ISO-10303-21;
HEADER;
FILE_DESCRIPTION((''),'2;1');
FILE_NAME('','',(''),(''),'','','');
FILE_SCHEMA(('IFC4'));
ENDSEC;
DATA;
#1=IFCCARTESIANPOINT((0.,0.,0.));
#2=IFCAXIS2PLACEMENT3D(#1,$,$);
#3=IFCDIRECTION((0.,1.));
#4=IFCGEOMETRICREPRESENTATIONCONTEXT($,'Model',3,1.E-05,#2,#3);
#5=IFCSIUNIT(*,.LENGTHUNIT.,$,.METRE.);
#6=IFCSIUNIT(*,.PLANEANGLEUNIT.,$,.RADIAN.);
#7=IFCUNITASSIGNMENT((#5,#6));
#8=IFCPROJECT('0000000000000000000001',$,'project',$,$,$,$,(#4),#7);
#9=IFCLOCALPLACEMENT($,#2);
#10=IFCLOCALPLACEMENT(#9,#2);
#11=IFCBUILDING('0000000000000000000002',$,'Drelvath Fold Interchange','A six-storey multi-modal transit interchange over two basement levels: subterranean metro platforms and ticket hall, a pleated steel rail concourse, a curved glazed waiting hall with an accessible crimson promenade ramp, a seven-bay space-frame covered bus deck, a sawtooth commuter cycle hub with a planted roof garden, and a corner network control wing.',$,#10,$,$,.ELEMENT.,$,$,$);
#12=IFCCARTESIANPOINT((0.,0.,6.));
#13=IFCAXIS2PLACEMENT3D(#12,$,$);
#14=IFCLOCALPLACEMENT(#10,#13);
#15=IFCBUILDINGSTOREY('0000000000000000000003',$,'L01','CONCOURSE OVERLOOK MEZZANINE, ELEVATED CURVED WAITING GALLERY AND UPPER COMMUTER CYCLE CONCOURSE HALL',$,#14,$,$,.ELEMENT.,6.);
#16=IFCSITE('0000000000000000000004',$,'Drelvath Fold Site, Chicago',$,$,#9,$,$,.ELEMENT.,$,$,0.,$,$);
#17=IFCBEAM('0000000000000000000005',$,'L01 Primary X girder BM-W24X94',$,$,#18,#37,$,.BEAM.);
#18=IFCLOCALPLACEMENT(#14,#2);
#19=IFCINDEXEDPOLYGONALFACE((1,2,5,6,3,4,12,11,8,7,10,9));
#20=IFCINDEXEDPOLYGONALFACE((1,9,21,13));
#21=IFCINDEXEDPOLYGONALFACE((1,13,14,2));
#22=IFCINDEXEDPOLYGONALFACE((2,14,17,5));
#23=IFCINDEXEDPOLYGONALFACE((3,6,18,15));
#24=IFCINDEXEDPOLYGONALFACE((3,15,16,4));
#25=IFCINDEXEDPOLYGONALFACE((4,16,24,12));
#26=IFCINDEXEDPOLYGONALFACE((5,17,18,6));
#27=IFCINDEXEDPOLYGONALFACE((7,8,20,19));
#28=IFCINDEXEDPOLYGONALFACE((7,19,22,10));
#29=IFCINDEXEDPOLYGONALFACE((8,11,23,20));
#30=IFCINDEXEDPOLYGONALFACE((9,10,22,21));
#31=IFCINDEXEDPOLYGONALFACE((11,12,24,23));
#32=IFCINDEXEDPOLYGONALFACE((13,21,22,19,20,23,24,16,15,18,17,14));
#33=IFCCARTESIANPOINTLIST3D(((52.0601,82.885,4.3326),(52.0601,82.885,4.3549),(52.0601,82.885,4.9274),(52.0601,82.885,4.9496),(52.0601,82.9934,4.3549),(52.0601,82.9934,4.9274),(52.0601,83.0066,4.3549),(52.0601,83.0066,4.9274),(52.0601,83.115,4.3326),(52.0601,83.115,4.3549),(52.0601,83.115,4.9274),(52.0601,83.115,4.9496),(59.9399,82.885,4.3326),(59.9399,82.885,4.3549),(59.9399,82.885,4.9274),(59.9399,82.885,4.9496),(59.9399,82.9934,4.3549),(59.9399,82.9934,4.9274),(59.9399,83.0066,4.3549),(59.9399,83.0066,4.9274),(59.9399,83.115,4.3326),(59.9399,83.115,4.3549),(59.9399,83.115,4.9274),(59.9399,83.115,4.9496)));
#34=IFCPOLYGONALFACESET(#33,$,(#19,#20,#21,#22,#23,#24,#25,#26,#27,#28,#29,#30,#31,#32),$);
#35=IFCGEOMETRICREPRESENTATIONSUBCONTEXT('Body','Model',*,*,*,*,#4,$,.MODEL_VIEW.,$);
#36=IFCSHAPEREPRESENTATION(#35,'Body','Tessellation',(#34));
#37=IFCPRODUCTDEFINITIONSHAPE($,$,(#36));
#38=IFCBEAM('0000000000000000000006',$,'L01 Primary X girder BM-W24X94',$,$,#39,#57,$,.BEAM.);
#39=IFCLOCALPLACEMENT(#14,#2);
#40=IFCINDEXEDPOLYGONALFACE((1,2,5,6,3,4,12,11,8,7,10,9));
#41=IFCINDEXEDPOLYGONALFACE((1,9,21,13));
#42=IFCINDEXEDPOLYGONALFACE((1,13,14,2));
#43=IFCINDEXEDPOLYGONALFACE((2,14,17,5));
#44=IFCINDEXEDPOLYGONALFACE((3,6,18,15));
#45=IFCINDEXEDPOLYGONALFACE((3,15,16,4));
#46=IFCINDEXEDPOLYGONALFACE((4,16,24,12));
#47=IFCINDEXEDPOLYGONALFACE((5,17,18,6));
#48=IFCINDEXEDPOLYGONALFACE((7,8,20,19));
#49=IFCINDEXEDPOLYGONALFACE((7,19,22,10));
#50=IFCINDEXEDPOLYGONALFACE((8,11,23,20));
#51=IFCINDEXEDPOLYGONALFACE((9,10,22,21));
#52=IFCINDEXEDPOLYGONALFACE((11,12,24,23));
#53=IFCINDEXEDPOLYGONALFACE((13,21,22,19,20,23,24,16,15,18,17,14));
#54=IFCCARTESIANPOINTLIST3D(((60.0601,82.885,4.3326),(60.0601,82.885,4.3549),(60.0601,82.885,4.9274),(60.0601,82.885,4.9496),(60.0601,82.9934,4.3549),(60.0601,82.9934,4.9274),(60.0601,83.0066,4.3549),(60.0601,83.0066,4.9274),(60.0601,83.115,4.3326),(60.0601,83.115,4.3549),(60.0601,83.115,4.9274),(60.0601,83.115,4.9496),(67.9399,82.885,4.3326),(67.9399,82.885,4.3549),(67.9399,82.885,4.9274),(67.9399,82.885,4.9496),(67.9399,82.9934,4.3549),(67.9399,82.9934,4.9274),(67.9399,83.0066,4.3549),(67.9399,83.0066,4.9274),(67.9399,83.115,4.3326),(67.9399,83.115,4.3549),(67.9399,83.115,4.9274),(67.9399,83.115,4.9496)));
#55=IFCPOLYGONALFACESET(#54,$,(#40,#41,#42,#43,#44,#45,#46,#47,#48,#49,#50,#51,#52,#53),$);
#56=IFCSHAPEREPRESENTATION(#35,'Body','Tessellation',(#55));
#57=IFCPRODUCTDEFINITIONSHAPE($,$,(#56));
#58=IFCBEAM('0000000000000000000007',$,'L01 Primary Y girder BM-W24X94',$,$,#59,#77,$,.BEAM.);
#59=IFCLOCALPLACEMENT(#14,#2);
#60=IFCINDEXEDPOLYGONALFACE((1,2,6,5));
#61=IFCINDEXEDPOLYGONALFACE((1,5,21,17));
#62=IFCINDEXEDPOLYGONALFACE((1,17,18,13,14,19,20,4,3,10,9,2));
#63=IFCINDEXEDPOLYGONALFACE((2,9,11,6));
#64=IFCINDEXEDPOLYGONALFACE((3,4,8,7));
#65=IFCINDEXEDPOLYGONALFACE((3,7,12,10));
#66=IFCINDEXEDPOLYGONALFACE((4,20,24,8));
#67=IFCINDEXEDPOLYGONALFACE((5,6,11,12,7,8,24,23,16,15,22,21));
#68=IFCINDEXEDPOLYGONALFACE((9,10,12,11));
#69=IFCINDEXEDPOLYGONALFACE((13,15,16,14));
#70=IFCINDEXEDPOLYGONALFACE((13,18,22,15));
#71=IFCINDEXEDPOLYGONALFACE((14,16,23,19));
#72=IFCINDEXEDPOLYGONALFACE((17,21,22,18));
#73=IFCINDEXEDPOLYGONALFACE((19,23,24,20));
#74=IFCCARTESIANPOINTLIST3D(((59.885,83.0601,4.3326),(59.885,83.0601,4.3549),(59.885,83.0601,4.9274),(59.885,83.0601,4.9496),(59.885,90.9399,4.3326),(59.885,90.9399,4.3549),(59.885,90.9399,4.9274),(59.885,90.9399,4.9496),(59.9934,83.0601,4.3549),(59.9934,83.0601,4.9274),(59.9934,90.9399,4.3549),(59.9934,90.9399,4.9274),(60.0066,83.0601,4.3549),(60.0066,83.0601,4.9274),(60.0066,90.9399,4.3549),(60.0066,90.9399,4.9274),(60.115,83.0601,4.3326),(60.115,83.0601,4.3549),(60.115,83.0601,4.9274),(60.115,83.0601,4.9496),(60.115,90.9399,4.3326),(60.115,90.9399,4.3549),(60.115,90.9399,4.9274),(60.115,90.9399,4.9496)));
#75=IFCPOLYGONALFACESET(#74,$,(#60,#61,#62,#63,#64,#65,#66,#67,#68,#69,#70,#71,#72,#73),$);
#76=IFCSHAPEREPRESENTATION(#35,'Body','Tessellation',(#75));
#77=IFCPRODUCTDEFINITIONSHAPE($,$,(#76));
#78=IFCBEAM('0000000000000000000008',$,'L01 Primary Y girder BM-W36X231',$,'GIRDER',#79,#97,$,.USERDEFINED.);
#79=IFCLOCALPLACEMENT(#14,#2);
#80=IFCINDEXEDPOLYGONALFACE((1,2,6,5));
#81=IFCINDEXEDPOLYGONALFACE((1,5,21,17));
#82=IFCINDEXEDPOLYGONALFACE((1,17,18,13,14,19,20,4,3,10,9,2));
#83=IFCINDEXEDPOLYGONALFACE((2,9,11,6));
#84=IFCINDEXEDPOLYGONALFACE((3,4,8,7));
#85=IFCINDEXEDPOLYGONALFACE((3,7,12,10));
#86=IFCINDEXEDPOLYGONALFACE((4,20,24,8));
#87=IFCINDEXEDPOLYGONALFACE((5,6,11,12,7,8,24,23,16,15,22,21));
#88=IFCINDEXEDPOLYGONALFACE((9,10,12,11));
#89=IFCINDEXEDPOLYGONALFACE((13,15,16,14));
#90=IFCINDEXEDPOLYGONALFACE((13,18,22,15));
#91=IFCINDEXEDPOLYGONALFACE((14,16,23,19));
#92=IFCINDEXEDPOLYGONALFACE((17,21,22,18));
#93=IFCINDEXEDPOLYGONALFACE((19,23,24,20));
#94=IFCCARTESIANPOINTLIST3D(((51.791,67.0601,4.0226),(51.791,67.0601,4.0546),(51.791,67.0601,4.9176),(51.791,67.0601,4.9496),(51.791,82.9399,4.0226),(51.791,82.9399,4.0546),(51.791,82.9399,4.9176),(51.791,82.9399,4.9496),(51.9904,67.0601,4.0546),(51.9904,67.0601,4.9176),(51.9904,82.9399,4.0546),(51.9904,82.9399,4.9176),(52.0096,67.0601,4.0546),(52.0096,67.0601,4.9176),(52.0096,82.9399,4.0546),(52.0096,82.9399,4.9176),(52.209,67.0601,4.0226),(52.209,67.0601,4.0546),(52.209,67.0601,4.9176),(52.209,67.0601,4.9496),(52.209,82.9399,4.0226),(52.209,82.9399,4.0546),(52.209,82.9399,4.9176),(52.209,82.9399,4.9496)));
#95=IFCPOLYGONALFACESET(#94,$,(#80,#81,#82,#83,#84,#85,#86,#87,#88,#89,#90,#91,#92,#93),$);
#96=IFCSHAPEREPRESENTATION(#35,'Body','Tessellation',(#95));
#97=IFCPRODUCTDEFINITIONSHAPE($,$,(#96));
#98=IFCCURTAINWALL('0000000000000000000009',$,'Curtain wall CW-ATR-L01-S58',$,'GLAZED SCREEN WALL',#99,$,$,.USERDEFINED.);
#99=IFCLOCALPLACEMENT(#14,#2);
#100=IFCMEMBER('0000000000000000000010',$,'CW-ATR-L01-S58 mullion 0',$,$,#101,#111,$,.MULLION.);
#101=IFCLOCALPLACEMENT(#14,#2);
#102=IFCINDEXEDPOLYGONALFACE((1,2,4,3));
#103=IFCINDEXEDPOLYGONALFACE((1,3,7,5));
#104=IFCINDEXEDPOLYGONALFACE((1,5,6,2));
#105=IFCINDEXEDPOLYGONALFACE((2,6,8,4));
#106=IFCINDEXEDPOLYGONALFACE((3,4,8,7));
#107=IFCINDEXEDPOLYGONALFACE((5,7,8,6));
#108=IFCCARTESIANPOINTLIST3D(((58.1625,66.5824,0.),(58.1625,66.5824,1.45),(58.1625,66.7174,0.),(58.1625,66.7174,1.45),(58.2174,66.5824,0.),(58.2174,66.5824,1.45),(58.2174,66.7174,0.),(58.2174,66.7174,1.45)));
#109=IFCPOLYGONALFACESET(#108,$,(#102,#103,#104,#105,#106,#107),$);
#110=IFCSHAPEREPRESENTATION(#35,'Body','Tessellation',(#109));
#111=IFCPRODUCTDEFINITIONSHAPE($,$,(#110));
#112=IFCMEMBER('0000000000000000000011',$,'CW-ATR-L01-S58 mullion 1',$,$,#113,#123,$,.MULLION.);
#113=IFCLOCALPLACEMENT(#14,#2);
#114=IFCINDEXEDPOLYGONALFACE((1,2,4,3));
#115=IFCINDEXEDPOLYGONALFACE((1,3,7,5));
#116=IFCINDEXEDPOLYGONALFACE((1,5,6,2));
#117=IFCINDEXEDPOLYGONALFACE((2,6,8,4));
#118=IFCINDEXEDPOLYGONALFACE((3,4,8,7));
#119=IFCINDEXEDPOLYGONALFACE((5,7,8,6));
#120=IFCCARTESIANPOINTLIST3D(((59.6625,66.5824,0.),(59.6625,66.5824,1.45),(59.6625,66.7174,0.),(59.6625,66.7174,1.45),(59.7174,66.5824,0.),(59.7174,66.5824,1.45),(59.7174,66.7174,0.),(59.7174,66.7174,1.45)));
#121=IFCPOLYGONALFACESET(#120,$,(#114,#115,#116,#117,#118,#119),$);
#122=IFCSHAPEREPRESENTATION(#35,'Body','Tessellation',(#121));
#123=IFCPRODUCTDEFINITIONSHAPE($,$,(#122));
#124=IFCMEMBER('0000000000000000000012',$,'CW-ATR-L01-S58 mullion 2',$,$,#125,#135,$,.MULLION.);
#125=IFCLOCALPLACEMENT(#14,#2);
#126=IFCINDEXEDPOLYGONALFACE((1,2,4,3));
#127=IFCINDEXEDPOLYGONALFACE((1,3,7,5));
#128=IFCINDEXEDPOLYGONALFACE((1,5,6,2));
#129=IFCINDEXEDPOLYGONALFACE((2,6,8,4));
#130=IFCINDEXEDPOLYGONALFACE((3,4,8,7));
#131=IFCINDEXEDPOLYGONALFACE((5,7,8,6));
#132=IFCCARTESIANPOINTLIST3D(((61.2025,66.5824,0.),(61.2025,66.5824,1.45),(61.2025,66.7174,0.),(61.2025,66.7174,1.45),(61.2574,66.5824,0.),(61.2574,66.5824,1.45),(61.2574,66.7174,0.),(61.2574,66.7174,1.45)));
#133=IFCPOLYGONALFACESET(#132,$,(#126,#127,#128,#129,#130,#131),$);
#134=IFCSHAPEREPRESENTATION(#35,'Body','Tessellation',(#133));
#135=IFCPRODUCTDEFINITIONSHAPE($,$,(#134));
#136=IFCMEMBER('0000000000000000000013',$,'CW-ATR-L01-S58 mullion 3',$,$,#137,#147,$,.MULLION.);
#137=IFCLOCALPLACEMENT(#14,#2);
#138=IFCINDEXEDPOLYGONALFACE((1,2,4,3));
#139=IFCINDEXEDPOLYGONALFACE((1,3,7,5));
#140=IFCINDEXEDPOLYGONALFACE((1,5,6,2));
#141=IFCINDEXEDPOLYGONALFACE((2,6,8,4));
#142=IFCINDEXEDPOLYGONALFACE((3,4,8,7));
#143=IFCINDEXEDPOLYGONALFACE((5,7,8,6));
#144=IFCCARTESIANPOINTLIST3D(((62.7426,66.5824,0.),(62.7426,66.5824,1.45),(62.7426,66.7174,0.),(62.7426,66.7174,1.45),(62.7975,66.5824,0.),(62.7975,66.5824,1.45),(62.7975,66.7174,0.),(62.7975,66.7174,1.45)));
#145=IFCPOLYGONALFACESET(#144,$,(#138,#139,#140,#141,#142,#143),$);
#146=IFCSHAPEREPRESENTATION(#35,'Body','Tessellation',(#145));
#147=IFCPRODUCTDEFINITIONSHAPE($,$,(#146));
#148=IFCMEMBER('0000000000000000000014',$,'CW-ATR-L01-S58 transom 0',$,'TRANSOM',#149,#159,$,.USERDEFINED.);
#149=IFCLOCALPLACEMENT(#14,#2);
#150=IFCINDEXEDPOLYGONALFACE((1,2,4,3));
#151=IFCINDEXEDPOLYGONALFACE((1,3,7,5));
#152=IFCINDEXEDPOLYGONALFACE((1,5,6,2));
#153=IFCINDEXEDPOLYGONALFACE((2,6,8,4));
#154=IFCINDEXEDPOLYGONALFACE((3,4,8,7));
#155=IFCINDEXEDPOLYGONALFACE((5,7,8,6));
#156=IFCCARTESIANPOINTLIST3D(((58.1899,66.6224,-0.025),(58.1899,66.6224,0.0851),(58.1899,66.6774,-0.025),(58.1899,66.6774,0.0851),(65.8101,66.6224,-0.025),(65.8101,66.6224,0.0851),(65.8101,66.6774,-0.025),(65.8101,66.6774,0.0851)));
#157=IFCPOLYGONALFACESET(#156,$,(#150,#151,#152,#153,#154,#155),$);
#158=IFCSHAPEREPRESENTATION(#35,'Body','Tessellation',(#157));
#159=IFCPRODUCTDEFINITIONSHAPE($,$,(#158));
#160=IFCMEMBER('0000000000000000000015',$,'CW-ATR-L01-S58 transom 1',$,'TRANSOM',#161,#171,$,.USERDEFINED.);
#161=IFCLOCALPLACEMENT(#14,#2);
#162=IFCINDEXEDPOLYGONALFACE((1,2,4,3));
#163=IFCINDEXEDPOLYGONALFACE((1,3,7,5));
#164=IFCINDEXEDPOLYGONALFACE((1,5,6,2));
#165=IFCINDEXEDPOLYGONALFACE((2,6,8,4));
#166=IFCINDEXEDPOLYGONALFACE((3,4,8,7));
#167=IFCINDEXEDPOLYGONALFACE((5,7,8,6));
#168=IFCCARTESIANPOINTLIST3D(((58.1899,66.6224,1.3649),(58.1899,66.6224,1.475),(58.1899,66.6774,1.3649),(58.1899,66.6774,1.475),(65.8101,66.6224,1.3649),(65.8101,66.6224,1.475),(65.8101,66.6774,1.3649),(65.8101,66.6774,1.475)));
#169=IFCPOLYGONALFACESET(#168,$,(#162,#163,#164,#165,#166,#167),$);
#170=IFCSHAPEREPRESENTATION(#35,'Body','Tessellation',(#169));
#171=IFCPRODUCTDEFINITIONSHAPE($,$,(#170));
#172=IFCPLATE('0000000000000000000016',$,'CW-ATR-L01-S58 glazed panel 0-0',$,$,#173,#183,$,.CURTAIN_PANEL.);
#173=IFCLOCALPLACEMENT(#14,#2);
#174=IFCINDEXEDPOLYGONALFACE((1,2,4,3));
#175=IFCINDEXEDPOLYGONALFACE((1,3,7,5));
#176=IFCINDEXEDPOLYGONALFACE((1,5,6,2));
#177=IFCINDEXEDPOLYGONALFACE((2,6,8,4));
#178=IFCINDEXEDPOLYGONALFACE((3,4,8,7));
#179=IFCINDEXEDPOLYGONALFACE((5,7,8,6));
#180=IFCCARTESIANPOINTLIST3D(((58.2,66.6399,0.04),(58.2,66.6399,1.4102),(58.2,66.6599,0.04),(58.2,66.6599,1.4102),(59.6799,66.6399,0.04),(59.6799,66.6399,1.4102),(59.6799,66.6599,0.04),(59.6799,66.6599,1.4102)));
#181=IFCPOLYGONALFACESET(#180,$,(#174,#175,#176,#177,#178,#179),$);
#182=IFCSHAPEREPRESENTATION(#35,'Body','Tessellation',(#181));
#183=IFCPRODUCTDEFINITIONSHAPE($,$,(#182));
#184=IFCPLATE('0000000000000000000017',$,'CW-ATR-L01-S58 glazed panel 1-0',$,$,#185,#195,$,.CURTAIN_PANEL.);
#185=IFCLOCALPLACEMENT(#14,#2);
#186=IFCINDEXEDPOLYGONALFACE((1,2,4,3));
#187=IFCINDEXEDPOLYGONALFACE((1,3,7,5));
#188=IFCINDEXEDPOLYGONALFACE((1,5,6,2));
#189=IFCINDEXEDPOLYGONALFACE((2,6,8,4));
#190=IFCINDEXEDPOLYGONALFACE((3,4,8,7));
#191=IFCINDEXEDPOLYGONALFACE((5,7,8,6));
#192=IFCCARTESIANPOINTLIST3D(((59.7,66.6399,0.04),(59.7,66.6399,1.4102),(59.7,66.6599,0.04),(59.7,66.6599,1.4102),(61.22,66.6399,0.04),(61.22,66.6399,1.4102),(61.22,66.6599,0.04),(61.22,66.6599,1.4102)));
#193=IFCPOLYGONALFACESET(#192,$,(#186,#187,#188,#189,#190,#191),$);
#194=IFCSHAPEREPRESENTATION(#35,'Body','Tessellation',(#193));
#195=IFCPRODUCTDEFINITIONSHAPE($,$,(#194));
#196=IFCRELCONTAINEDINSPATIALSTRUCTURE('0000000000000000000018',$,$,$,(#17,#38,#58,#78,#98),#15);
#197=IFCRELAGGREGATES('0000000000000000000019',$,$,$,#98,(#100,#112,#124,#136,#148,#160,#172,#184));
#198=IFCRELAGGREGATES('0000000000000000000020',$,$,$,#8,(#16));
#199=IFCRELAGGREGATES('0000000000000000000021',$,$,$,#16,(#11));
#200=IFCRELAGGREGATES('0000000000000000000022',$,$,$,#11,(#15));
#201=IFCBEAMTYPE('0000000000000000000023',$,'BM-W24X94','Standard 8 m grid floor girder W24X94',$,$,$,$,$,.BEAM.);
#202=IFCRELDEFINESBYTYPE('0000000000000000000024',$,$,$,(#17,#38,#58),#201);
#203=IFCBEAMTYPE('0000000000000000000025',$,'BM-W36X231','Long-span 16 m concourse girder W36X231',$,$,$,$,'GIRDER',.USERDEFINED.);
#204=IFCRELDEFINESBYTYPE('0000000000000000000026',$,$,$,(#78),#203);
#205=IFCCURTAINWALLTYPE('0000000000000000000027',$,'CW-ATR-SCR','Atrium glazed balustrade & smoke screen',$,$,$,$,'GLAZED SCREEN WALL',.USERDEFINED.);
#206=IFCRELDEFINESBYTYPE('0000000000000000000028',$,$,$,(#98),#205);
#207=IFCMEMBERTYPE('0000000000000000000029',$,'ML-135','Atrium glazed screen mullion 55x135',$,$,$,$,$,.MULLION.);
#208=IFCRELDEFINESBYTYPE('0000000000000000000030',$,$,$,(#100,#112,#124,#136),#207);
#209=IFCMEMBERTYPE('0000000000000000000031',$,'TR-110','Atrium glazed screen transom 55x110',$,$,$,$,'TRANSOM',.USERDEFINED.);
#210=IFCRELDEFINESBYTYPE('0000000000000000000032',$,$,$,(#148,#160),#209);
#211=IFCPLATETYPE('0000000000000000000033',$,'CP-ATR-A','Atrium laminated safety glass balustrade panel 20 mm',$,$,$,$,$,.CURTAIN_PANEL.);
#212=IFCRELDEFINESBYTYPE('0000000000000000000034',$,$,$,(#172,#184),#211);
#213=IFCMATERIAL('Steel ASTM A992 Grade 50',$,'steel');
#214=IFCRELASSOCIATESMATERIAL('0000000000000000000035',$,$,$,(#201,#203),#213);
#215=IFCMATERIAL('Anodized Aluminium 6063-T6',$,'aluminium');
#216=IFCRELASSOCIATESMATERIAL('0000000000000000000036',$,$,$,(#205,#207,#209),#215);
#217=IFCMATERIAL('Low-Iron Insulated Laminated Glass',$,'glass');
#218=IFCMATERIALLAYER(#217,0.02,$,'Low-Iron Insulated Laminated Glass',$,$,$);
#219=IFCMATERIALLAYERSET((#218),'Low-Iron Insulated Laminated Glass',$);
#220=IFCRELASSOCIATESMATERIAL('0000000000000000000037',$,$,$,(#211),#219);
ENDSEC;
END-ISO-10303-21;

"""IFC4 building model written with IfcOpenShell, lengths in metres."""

from ifc_helpers import new_model, si_unit, direction, frame, origin, origin_2d, place, context, subcontext, project, spatial, rectangle, i_section, extrude, material, layer, layer_set, material_profile, profile_set, type_object, element, aggregate, save


model = new_model("IFC4")

# Units and contexts
model_context = context("Model", 3, precision=1e-05, world=origin(), true_north=direction((0.0, 1.0)))
body_context = subcontext(model_context, "Body", "Model", "MODEL_VIEW")
ifc_project = project(units=[si_unit("LENGTHUNIT", "METRE"), si_unit("PLANEANGLEUNIT", "RADIAN")], contexts=[model_context])

# Site, building, storey
site_placement = place(None, origin())
site = spatial("IfcSite", under=ifc_project, at=site_placement, Name="Drelvath Fold Site, Chicago", CompositionType="ELEMENT", RefElevation=0.0)
building_placement = place(site_placement, origin())
building = spatial("IfcBuilding", under=site, at=building_placement, Name="Drelvath Fold Interchange", Description="A six-storey multi-modal transit interchange over two basement levels: subterranean metro platforms and ticket hall, a pleated steel rail concourse, a curved glazed waiting hall with an accessible crimson promenade ramp, a seven-bay space-frame covered bus deck, a sawtooth commuter cycle hub with a planted roof garden, and a corner network control wing.", CompositionType="ELEMENT")
storey_placement = place(building_placement, frame((0.0, 0.0, 6.0)))
storey = spatial("IfcBuildingStorey", under=building, at=storey_placement, Name="L01", Description="CONCOURSE OVERLOOK MEZZANINE, ELEVATED CURVED WAITING GALLERY AND UPPER COMMUTER CYCLE CONCOURSE HALL", CompositionType="ELEMENT", Elevation=6.0)

# Beams
ifc_material_1 = material(Name="Steel ASTM A992 Grade 50", Category="steel")
ifc_material_profile_1 = material_profile(ifc_material_1, i_section(OverallWidth=0.23, OverallDepth=0.6169, WebThickness=0.0132, FlangeThickness=0.0222, at=origin_2d()), Name="W24X94")
ifc_profile_set_1 = profile_set([ifc_material_profile_1], Name="Steel ASTM A992 Grade 50")
beam_type_1 = type_object("IfcBeamType", Name="BM-W24X94", Description="Standard 8 m grid floor girder W24X94", PredefinedType="BEAM", material=ifc_profile_set_1)
for number, where, z_axis, x_axis, name in (
    (1, (52.0601, 83.0, 4.6411), (1.0, 0.0, 0.0), (0.0, 1.0, 0.0), "L01 Primary X girder BM-W24X94"),
    (2, (60.0601, 83.0, 4.6411), (1.0, 0.0, 0.0), (0.0, 1.0, 0.0), "L01 Primary X girder BM-W24X94"),
    (3, (60.0, 83.0601, 4.6411), (0.0, 1.0, 0.0), (-1.0, 0.0, 0.0), "L01 Primary Y girder BM-W24X94"),
):
    element("IfcBeam", number, at=place(storey_placement, frame(where, z_axis=z_axis, x_axis=x_axis)), inside=storey, type_object=beam_type_1, Name=name, PredefinedType="BEAM", context=body_context, shape_type="SweptSolid", body=[
        extrude(i_section(OverallWidth=0.23, OverallDepth=0.6169, WebThickness=0.0132, FlangeThickness=0.0222, at=origin_2d()), origin(), (0.0, 0.0, 1.0), 7.8799),
    ])
ifc_material_profile_2 = material_profile(ifc_material_1, i_section(OverallWidth=0.418, OverallDepth=0.927, WebThickness=0.0193, FlangeThickness=0.032, at=origin_2d()), Name="W36X231")
ifc_profile_set_2 = profile_set([ifc_material_profile_2], Name="Steel ASTM A992 Grade 50")
beam_type_2 = type_object("IfcBeamType", Name="BM-W36X231", Description="Long-span 16 m concourse girder W36X231", ElementType="GIRDER", PredefinedType="USERDEFINED", material=ifc_profile_set_2)
beam_1_placement = place(storey_placement, frame((52.0, 67.0601, 4.4861), z_axis=(0.0, 1.0, 0.0), x_axis=(-1.0, 0.0, 0.0)))
element("IfcBeam", 4, at=beam_1_placement, inside=storey, type_object=beam_type_2, Name="L01 Primary Y girder BM-W36X231", ObjectType="GIRDER", PredefinedType="USERDEFINED", context=body_context, shape_type="SweptSolid", body=[
    extrude(i_section(OverallWidth=0.418, OverallDepth=0.927, WebThickness=0.0193, FlangeThickness=0.032, at=origin_2d()), origin(), (0.0, 0.0, 1.0), 15.8799),
])

# Curtain wall, members, plates
ifc_material_2 = material(Name="Anodized Aluminium 6063-T6", Category="aluminium")
curtain_wall_type = type_object("IfcCurtainWallType", Name="CW-ATR-SCR", Description="Atrium glazed balustrade & smoke screen", ElementType="GLAZED SCREEN WALL", PredefinedType="USERDEFINED", material=ifc_material_2)
curtain_wall_placement = place(storey_placement, origin())
curtain_wall = element("IfcCurtainWall", 5, at=curtain_wall_placement, inside=storey, type_object=curtain_wall_type, Name="Curtain wall CW-ATR-L01-S58", ObjectType="GLAZED SCREEN WALL", PredefinedType="USERDEFINED")
ifc_material_profile_3 = material_profile(ifc_material_2, rectangle(XDim=0.0549, YDim=0.135, at=origin_2d()), Name="AL-M 55x135")
ifc_profile_set_3 = profile_set([ifc_material_profile_3], Name="Anodized Aluminium 6063-T6")
member_type_1 = type_object("IfcMemberType", Name="ML-135", Description="Atrium glazed screen mullion 55x135", PredefinedType="MULLION", material=ifc_profile_set_3)
member_1_placement = place(storey_placement, frame((58.1899, 66.6499, 0.0), z_axis=(0.0, 0.0, 1.0), x_axis=(1.0, 0.0, 0.0)))
member_1 = element("IfcMember", 6, at=member_1_placement, type_object=member_type_1, Name="CW-ATR-L01-S58 mullion 0", PredefinedType="MULLION", context=body_context, shape_type="SweptSolid", body=[
    extrude(rectangle(XDim=0.0549, YDim=0.135, at=origin_2d()), origin(), (0.0, 0.0, 1.0), 1.45),
])
member_2_placement = place(storey_placement, frame((59.6899, 66.6499, 0.0), z_axis=(0.0, 0.0, 1.0), x_axis=(1.0, 0.0, 0.0)))
member_2 = element("IfcMember", 7, at=member_2_placement, type_object=member_type_1, Name="CW-ATR-L01-S58 mullion 1", PredefinedType="MULLION", context=body_context, shape_type="SweptSolid", body=[
    extrude(rectangle(XDim=0.0549, YDim=0.135, at=origin_2d()), origin(), (0.0, 0.0, 1.0), 1.45),
])
member_3_placement = place(storey_placement, frame((61.23, 66.6499, 0.0), z_axis=(0.0, 0.0, 1.0), x_axis=(1.0, 0.0, 0.0)))
member_3 = element("IfcMember", 8, at=member_3_placement, type_object=member_type_1, Name="CW-ATR-L01-S58 mullion 2", PredefinedType="MULLION", context=body_context, shape_type="SweptSolid", body=[
    extrude(rectangle(XDim=0.0549, YDim=0.135, at=origin_2d()), origin(), (0.0, 0.0, 1.0), 1.45),
])
member_4_placement = place(storey_placement, frame((62.77, 66.6499, 0.0), z_axis=(0.0, 0.0, 1.0), x_axis=(1.0, 0.0, 0.0)))
member_4 = element("IfcMember", 9, at=member_4_placement, type_object=member_type_1, Name="CW-ATR-L01-S58 mullion 3", PredefinedType="MULLION", context=body_context, shape_type="SweptSolid", body=[
    extrude(rectangle(XDim=0.0549, YDim=0.135, at=origin_2d()), origin(), (0.0, 0.0, 1.0), 1.45),
])
ifc_material_profile_4 = material_profile(ifc_material_2, rectangle(XDim=0.0549, YDim=0.1101, at=origin_2d()), Name="AL-T 55x110")
ifc_profile_set_4 = profile_set([ifc_material_profile_4], Name="Anodized Aluminium 6063-T6")
member_type_2 = type_object("IfcMemberType", Name="TR-110", Description="Atrium glazed screen transom 55x110", ElementType="TRANSOM", PredefinedType="USERDEFINED", material=ifc_profile_set_4)
member_5_placement = place(storey_placement, frame((58.1899, 66.6499, 0.03), z_axis=(1.0, 0.0, 0.0), x_axis=(0.0, 1.0, 0.0)))
member_5 = element("IfcMember", 10, at=member_5_placement, type_object=member_type_2, Name="CW-ATR-L01-S58 transom 0", ObjectType="TRANSOM", PredefinedType="USERDEFINED", context=body_context, shape_type="SweptSolid", body=[
    extrude(rectangle(XDim=0.0549, YDim=0.1101, at=origin_2d()), origin(), (0.0, 0.0, 1.0), 7.6201),
])
member_6_placement = place(storey_placement, frame((58.1899, 66.6499, 1.4199), z_axis=(1.0, 0.0, 0.0), x_axis=(0.0, 1.0, 0.0)))
member_6 = element("IfcMember", 11, at=member_6_placement, type_object=member_type_2, Name="CW-ATR-L01-S58 transom 1", ObjectType="TRANSOM", PredefinedType="USERDEFINED", context=body_context, shape_type="SweptSolid", body=[
    extrude(rectangle(XDim=0.0549, YDim=0.1101, at=origin_2d()), origin(), (0.0, 0.0, 1.0), 7.6201),
])
ifc_material_3 = material(Name="Low-Iron Insulated Laminated Glass", Category="glass")
ifc_layer_1 = layer(ifc_material_3, 0.02, Name="Low-Iron Insulated Laminated Glass")
ifc_layer_set_1 = layer_set([ifc_layer_1], Name="Low-Iron Insulated Laminated Glass")
plate_type = type_object("IfcPlateType", Name="CP-ATR-A", Description="Atrium laminated safety glass balustrade panel 20 mm", PredefinedType="CURTAIN_PANEL", material=ifc_layer_set_1)
plate_1_placement = place(storey_placement, frame((58.9399, 66.6499, 0.04), z_axis=(0.0, 0.0, 1.0), x_axis=(1.0, 0.0, 0.0)))
plate_1 = element("IfcPlate", 12, at=plate_1_placement, type_object=plate_type, Name="CW-ATR-L01-S58 glazed panel 0-0", PredefinedType="CURTAIN_PANEL", context=body_context, shape_type="SweptSolid", body=[
    extrude(rectangle(XDim=1.48, YDim=0.02, at=origin_2d()), origin(), (0.0, 0.0, 1.0), 1.3701),
])
plate_2_placement = place(storey_placement, frame((60.46, 66.6499, 0.04), z_axis=(0.0, 0.0, 1.0), x_axis=(1.0, 0.0, 0.0)))
plate_2 = element("IfcPlate", 13, at=plate_2_placement, type_object=plate_type, Name="CW-ATR-L01-S58 glazed panel 1-0", PredefinedType="CURTAIN_PANEL", context=body_context, shape_type="SweptSolid", body=[
    extrude(rectangle(XDim=1.52, YDim=0.02, at=origin_2d()), origin(), (0.0, 0.0, 1.0), 1.3701),
])
aggregate(curtain_wall, [member_1, member_2, member_3, member_4, member_5, member_6, plate_1, plate_2])

save(model, "model.ifc")
